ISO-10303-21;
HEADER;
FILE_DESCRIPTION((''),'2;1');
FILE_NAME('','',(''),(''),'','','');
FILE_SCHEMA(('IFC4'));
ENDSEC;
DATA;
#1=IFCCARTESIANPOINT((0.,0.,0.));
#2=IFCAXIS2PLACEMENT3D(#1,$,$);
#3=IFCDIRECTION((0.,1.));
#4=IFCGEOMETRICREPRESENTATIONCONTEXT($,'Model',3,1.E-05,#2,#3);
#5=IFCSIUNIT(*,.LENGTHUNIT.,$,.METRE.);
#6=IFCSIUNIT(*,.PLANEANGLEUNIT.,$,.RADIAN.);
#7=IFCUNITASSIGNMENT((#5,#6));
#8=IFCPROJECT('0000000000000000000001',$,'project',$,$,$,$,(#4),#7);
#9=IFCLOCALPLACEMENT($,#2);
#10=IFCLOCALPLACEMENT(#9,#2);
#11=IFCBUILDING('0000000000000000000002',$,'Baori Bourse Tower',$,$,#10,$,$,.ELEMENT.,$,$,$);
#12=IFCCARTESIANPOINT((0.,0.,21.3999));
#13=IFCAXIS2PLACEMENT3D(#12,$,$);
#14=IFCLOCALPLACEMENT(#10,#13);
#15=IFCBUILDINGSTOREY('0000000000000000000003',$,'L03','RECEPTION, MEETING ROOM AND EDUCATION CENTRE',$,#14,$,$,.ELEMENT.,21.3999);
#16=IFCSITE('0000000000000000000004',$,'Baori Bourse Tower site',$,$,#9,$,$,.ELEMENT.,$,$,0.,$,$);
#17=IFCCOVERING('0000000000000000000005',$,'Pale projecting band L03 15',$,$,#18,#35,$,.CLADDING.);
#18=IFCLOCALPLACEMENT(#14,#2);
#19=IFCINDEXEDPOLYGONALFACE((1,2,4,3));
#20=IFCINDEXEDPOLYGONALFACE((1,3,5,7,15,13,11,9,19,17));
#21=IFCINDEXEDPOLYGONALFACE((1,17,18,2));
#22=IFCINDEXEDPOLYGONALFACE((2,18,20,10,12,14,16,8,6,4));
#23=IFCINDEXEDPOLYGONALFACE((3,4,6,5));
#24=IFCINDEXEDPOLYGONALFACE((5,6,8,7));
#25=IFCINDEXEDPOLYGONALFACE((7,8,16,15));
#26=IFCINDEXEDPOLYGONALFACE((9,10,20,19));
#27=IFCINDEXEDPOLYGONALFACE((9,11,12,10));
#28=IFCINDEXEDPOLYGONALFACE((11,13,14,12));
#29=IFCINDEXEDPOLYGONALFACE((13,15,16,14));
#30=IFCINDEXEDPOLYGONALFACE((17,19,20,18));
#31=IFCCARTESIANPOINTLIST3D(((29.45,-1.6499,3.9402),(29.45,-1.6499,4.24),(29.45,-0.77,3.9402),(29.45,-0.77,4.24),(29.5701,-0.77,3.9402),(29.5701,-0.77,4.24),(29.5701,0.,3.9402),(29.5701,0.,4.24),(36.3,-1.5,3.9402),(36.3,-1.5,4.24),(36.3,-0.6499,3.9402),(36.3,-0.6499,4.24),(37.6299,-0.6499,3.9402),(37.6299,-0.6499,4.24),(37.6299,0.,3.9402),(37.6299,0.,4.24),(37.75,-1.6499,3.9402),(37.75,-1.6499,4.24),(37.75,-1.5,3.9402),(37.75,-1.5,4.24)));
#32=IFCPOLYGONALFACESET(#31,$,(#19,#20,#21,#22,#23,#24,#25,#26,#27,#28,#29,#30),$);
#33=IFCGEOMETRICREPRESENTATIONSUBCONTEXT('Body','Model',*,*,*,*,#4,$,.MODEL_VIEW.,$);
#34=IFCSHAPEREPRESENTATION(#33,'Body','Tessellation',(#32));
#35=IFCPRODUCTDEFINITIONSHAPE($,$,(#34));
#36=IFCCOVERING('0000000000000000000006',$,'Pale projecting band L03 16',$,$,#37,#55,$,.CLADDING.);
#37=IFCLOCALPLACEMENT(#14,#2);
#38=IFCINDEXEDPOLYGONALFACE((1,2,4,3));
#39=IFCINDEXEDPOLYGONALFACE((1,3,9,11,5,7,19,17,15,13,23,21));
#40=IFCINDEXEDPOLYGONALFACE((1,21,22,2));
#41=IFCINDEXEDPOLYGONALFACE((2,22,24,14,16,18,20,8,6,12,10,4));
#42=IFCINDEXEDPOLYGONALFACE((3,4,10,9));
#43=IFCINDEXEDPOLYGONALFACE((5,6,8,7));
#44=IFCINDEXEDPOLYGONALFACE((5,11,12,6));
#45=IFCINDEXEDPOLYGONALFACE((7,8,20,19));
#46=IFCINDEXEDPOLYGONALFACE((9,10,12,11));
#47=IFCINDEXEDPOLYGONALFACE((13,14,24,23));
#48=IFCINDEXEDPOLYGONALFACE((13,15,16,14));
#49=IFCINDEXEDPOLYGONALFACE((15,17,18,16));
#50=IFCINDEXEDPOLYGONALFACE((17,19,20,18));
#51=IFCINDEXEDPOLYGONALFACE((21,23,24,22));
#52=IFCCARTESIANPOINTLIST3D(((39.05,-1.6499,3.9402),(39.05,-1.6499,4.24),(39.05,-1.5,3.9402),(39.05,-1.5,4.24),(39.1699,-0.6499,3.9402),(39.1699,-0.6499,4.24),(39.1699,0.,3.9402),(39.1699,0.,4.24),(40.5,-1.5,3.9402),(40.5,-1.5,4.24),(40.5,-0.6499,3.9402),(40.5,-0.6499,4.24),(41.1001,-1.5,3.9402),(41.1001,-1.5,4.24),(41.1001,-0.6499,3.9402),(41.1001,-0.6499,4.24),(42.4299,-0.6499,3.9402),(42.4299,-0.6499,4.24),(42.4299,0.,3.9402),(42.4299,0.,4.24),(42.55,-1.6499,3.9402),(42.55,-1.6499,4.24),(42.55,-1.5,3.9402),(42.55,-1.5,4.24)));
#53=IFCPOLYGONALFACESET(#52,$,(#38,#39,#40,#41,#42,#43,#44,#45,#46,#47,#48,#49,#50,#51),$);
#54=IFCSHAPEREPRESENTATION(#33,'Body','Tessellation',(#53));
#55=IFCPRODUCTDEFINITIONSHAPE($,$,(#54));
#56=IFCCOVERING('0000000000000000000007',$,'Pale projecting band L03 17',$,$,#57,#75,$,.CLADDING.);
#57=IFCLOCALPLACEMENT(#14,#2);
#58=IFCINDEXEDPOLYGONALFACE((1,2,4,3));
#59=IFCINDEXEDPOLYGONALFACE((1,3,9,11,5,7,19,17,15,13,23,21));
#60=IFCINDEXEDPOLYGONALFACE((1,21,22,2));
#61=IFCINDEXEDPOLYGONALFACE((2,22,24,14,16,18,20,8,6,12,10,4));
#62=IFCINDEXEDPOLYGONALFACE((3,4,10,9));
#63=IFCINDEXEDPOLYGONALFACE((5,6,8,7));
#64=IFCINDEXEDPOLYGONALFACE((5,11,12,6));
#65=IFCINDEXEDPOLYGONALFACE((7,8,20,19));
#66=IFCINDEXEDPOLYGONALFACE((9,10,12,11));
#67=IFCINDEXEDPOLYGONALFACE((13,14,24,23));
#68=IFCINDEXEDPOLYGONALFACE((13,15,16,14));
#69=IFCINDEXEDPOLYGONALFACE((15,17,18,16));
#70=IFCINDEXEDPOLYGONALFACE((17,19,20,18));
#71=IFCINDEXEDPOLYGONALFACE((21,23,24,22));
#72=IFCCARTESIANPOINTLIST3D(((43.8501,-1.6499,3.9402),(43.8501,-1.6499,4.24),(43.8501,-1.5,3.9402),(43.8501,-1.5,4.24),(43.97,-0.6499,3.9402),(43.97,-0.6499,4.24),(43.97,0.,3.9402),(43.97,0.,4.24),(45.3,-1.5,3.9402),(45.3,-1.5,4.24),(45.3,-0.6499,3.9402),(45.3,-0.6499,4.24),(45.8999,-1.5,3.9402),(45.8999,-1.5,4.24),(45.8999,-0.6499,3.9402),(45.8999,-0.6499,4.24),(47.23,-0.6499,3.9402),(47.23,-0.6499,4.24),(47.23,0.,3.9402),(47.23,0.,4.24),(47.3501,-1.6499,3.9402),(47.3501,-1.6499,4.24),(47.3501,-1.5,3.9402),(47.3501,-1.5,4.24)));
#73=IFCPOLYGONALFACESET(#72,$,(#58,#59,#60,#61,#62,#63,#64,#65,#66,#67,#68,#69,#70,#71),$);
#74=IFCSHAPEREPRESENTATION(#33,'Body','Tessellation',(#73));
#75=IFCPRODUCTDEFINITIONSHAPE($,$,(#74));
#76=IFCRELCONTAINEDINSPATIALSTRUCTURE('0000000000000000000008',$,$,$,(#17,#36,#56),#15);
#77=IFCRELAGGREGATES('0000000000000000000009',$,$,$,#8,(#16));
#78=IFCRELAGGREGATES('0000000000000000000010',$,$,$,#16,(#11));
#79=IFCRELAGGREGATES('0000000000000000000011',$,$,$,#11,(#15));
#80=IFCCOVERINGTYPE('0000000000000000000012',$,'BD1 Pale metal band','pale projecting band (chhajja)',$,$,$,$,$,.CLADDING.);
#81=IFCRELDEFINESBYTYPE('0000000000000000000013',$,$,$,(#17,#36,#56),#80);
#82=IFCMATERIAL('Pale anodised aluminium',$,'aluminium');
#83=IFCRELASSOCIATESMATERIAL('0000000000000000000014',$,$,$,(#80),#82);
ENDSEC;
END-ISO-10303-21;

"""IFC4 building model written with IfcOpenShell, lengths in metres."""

from ifc_helpers import new_model, si_unit, direction, frame, origin, place, context, subcontext, project, spatial, polyline, outline, extrude, material, type_object, element, save


model = new_model("IFC4")

# Units and contexts
model_context = context("Model", 3, precision=1e-05, world=origin(), true_north=direction((0.0, 1.0)))
body_context = subcontext(model_context, "Body", "Model", "MODEL_VIEW")
ifc_project = project(units=[si_unit("LENGTHUNIT", "METRE"), si_unit("PLANEANGLEUNIT", "RADIAN")], contexts=[model_context])

# Site, building, storey
site_placement = place(None, origin())
site = spatial("IfcSite", under=ifc_project, at=site_placement, Name="Baori Bourse Tower site", CompositionType="ELEMENT", RefElevation=0.0)
building_placement = place(site_placement, origin())
building = spatial("IfcBuilding", under=site, at=building_placement, Name="Baori Bourse Tower", CompositionType="ELEMENT")
storey_placement = place(building_placement, frame((0.0, 0.0, 21.3999)))
storey = spatial("IfcBuildingStorey", under=building, at=storey_placement, Name="L03", Description="RECEPTION, MEETING ROOM AND EDUCATION CENTRE", CompositionType="ELEMENT", Elevation=21.3999)

# Coverings
ifc_material_1 = material(Name="Pale anodised aluminium", Category="aluminium")
covering_type = type_object("IfcCoveringType", Name="BD1 Pale metal band", Description="pale projecting band (chhajja)", PredefinedType="CLADDING", material=ifc_material_1)
covering_1_placement = place(storey_placement, frame((0.0, 0.0, 3.9402)))
element("IfcCovering", 1, at=covering_1_placement, inside=storey, type_object=covering_type, Name="Pale projecting band L03 15", PredefinedType="CLADDING", context=body_context, shape_type="SweptSolid", body=[
    extrude(outline(polyline([(37.6299, 0.0), (29.5701, 0.0), (29.5701, -0.77), (29.45, -0.77), (29.45, -1.6499), (37.75, -1.6499), (37.75, -1.5), (36.3, -1.5), (36.3, -0.6499), (37.6299, -0.6499), (37.6299, 0.0)])), origin(), (0.0, 0.0, 1.0), 0.2998),
])
covering_2_placement = place(storey_placement, frame((0.0, 0.0, 3.9402)))
element("IfcCovering", 2, at=covering_2_placement, inside=storey, type_object=covering_type, Name="Pale projecting band L03 16", PredefinedType="CLADDING", context=body_context, shape_type="SweptSolid", body=[
    extrude(outline(polyline([(42.4299, 0.0), (39.1699, 0.0), (39.1699, -0.6499), (40.5, -0.6499), (40.5, -1.5), (39.05, -1.5), (39.05, -1.6499), (42.55, -1.6499), (42.55, -1.5), (41.1001, -1.5), (41.1001, -0.6499), (42.4299, -0.6499), (42.4299, 0.0)])), origin(), (0.0, 0.0, 1.0), 0.2998),
])
covering_3_placement = place(storey_placement, frame((0.0, 0.0, 3.9402)))
element("IfcCovering", 3, at=covering_3_placement, inside=storey, type_object=covering_type, Name="Pale projecting band L03 17", PredefinedType="CLADDING", context=body_context, shape_type="SweptSolid", body=[
    extrude(outline(polyline([(47.23, 0.0), (43.97, 0.0), (43.97, -0.6499), (45.3, -0.6499), (45.3, -1.5), (43.8501, -1.5), (43.8501, -1.6499), (47.3501, -1.6499), (47.3501, -1.5), (45.8999, -1.5), (45.8999, -0.6499), (47.23, -0.6499), (47.23, 0.0)])), origin(), (0.0, 0.0, 1.0), 0.2998),
])

save(model, "model.ifc")
